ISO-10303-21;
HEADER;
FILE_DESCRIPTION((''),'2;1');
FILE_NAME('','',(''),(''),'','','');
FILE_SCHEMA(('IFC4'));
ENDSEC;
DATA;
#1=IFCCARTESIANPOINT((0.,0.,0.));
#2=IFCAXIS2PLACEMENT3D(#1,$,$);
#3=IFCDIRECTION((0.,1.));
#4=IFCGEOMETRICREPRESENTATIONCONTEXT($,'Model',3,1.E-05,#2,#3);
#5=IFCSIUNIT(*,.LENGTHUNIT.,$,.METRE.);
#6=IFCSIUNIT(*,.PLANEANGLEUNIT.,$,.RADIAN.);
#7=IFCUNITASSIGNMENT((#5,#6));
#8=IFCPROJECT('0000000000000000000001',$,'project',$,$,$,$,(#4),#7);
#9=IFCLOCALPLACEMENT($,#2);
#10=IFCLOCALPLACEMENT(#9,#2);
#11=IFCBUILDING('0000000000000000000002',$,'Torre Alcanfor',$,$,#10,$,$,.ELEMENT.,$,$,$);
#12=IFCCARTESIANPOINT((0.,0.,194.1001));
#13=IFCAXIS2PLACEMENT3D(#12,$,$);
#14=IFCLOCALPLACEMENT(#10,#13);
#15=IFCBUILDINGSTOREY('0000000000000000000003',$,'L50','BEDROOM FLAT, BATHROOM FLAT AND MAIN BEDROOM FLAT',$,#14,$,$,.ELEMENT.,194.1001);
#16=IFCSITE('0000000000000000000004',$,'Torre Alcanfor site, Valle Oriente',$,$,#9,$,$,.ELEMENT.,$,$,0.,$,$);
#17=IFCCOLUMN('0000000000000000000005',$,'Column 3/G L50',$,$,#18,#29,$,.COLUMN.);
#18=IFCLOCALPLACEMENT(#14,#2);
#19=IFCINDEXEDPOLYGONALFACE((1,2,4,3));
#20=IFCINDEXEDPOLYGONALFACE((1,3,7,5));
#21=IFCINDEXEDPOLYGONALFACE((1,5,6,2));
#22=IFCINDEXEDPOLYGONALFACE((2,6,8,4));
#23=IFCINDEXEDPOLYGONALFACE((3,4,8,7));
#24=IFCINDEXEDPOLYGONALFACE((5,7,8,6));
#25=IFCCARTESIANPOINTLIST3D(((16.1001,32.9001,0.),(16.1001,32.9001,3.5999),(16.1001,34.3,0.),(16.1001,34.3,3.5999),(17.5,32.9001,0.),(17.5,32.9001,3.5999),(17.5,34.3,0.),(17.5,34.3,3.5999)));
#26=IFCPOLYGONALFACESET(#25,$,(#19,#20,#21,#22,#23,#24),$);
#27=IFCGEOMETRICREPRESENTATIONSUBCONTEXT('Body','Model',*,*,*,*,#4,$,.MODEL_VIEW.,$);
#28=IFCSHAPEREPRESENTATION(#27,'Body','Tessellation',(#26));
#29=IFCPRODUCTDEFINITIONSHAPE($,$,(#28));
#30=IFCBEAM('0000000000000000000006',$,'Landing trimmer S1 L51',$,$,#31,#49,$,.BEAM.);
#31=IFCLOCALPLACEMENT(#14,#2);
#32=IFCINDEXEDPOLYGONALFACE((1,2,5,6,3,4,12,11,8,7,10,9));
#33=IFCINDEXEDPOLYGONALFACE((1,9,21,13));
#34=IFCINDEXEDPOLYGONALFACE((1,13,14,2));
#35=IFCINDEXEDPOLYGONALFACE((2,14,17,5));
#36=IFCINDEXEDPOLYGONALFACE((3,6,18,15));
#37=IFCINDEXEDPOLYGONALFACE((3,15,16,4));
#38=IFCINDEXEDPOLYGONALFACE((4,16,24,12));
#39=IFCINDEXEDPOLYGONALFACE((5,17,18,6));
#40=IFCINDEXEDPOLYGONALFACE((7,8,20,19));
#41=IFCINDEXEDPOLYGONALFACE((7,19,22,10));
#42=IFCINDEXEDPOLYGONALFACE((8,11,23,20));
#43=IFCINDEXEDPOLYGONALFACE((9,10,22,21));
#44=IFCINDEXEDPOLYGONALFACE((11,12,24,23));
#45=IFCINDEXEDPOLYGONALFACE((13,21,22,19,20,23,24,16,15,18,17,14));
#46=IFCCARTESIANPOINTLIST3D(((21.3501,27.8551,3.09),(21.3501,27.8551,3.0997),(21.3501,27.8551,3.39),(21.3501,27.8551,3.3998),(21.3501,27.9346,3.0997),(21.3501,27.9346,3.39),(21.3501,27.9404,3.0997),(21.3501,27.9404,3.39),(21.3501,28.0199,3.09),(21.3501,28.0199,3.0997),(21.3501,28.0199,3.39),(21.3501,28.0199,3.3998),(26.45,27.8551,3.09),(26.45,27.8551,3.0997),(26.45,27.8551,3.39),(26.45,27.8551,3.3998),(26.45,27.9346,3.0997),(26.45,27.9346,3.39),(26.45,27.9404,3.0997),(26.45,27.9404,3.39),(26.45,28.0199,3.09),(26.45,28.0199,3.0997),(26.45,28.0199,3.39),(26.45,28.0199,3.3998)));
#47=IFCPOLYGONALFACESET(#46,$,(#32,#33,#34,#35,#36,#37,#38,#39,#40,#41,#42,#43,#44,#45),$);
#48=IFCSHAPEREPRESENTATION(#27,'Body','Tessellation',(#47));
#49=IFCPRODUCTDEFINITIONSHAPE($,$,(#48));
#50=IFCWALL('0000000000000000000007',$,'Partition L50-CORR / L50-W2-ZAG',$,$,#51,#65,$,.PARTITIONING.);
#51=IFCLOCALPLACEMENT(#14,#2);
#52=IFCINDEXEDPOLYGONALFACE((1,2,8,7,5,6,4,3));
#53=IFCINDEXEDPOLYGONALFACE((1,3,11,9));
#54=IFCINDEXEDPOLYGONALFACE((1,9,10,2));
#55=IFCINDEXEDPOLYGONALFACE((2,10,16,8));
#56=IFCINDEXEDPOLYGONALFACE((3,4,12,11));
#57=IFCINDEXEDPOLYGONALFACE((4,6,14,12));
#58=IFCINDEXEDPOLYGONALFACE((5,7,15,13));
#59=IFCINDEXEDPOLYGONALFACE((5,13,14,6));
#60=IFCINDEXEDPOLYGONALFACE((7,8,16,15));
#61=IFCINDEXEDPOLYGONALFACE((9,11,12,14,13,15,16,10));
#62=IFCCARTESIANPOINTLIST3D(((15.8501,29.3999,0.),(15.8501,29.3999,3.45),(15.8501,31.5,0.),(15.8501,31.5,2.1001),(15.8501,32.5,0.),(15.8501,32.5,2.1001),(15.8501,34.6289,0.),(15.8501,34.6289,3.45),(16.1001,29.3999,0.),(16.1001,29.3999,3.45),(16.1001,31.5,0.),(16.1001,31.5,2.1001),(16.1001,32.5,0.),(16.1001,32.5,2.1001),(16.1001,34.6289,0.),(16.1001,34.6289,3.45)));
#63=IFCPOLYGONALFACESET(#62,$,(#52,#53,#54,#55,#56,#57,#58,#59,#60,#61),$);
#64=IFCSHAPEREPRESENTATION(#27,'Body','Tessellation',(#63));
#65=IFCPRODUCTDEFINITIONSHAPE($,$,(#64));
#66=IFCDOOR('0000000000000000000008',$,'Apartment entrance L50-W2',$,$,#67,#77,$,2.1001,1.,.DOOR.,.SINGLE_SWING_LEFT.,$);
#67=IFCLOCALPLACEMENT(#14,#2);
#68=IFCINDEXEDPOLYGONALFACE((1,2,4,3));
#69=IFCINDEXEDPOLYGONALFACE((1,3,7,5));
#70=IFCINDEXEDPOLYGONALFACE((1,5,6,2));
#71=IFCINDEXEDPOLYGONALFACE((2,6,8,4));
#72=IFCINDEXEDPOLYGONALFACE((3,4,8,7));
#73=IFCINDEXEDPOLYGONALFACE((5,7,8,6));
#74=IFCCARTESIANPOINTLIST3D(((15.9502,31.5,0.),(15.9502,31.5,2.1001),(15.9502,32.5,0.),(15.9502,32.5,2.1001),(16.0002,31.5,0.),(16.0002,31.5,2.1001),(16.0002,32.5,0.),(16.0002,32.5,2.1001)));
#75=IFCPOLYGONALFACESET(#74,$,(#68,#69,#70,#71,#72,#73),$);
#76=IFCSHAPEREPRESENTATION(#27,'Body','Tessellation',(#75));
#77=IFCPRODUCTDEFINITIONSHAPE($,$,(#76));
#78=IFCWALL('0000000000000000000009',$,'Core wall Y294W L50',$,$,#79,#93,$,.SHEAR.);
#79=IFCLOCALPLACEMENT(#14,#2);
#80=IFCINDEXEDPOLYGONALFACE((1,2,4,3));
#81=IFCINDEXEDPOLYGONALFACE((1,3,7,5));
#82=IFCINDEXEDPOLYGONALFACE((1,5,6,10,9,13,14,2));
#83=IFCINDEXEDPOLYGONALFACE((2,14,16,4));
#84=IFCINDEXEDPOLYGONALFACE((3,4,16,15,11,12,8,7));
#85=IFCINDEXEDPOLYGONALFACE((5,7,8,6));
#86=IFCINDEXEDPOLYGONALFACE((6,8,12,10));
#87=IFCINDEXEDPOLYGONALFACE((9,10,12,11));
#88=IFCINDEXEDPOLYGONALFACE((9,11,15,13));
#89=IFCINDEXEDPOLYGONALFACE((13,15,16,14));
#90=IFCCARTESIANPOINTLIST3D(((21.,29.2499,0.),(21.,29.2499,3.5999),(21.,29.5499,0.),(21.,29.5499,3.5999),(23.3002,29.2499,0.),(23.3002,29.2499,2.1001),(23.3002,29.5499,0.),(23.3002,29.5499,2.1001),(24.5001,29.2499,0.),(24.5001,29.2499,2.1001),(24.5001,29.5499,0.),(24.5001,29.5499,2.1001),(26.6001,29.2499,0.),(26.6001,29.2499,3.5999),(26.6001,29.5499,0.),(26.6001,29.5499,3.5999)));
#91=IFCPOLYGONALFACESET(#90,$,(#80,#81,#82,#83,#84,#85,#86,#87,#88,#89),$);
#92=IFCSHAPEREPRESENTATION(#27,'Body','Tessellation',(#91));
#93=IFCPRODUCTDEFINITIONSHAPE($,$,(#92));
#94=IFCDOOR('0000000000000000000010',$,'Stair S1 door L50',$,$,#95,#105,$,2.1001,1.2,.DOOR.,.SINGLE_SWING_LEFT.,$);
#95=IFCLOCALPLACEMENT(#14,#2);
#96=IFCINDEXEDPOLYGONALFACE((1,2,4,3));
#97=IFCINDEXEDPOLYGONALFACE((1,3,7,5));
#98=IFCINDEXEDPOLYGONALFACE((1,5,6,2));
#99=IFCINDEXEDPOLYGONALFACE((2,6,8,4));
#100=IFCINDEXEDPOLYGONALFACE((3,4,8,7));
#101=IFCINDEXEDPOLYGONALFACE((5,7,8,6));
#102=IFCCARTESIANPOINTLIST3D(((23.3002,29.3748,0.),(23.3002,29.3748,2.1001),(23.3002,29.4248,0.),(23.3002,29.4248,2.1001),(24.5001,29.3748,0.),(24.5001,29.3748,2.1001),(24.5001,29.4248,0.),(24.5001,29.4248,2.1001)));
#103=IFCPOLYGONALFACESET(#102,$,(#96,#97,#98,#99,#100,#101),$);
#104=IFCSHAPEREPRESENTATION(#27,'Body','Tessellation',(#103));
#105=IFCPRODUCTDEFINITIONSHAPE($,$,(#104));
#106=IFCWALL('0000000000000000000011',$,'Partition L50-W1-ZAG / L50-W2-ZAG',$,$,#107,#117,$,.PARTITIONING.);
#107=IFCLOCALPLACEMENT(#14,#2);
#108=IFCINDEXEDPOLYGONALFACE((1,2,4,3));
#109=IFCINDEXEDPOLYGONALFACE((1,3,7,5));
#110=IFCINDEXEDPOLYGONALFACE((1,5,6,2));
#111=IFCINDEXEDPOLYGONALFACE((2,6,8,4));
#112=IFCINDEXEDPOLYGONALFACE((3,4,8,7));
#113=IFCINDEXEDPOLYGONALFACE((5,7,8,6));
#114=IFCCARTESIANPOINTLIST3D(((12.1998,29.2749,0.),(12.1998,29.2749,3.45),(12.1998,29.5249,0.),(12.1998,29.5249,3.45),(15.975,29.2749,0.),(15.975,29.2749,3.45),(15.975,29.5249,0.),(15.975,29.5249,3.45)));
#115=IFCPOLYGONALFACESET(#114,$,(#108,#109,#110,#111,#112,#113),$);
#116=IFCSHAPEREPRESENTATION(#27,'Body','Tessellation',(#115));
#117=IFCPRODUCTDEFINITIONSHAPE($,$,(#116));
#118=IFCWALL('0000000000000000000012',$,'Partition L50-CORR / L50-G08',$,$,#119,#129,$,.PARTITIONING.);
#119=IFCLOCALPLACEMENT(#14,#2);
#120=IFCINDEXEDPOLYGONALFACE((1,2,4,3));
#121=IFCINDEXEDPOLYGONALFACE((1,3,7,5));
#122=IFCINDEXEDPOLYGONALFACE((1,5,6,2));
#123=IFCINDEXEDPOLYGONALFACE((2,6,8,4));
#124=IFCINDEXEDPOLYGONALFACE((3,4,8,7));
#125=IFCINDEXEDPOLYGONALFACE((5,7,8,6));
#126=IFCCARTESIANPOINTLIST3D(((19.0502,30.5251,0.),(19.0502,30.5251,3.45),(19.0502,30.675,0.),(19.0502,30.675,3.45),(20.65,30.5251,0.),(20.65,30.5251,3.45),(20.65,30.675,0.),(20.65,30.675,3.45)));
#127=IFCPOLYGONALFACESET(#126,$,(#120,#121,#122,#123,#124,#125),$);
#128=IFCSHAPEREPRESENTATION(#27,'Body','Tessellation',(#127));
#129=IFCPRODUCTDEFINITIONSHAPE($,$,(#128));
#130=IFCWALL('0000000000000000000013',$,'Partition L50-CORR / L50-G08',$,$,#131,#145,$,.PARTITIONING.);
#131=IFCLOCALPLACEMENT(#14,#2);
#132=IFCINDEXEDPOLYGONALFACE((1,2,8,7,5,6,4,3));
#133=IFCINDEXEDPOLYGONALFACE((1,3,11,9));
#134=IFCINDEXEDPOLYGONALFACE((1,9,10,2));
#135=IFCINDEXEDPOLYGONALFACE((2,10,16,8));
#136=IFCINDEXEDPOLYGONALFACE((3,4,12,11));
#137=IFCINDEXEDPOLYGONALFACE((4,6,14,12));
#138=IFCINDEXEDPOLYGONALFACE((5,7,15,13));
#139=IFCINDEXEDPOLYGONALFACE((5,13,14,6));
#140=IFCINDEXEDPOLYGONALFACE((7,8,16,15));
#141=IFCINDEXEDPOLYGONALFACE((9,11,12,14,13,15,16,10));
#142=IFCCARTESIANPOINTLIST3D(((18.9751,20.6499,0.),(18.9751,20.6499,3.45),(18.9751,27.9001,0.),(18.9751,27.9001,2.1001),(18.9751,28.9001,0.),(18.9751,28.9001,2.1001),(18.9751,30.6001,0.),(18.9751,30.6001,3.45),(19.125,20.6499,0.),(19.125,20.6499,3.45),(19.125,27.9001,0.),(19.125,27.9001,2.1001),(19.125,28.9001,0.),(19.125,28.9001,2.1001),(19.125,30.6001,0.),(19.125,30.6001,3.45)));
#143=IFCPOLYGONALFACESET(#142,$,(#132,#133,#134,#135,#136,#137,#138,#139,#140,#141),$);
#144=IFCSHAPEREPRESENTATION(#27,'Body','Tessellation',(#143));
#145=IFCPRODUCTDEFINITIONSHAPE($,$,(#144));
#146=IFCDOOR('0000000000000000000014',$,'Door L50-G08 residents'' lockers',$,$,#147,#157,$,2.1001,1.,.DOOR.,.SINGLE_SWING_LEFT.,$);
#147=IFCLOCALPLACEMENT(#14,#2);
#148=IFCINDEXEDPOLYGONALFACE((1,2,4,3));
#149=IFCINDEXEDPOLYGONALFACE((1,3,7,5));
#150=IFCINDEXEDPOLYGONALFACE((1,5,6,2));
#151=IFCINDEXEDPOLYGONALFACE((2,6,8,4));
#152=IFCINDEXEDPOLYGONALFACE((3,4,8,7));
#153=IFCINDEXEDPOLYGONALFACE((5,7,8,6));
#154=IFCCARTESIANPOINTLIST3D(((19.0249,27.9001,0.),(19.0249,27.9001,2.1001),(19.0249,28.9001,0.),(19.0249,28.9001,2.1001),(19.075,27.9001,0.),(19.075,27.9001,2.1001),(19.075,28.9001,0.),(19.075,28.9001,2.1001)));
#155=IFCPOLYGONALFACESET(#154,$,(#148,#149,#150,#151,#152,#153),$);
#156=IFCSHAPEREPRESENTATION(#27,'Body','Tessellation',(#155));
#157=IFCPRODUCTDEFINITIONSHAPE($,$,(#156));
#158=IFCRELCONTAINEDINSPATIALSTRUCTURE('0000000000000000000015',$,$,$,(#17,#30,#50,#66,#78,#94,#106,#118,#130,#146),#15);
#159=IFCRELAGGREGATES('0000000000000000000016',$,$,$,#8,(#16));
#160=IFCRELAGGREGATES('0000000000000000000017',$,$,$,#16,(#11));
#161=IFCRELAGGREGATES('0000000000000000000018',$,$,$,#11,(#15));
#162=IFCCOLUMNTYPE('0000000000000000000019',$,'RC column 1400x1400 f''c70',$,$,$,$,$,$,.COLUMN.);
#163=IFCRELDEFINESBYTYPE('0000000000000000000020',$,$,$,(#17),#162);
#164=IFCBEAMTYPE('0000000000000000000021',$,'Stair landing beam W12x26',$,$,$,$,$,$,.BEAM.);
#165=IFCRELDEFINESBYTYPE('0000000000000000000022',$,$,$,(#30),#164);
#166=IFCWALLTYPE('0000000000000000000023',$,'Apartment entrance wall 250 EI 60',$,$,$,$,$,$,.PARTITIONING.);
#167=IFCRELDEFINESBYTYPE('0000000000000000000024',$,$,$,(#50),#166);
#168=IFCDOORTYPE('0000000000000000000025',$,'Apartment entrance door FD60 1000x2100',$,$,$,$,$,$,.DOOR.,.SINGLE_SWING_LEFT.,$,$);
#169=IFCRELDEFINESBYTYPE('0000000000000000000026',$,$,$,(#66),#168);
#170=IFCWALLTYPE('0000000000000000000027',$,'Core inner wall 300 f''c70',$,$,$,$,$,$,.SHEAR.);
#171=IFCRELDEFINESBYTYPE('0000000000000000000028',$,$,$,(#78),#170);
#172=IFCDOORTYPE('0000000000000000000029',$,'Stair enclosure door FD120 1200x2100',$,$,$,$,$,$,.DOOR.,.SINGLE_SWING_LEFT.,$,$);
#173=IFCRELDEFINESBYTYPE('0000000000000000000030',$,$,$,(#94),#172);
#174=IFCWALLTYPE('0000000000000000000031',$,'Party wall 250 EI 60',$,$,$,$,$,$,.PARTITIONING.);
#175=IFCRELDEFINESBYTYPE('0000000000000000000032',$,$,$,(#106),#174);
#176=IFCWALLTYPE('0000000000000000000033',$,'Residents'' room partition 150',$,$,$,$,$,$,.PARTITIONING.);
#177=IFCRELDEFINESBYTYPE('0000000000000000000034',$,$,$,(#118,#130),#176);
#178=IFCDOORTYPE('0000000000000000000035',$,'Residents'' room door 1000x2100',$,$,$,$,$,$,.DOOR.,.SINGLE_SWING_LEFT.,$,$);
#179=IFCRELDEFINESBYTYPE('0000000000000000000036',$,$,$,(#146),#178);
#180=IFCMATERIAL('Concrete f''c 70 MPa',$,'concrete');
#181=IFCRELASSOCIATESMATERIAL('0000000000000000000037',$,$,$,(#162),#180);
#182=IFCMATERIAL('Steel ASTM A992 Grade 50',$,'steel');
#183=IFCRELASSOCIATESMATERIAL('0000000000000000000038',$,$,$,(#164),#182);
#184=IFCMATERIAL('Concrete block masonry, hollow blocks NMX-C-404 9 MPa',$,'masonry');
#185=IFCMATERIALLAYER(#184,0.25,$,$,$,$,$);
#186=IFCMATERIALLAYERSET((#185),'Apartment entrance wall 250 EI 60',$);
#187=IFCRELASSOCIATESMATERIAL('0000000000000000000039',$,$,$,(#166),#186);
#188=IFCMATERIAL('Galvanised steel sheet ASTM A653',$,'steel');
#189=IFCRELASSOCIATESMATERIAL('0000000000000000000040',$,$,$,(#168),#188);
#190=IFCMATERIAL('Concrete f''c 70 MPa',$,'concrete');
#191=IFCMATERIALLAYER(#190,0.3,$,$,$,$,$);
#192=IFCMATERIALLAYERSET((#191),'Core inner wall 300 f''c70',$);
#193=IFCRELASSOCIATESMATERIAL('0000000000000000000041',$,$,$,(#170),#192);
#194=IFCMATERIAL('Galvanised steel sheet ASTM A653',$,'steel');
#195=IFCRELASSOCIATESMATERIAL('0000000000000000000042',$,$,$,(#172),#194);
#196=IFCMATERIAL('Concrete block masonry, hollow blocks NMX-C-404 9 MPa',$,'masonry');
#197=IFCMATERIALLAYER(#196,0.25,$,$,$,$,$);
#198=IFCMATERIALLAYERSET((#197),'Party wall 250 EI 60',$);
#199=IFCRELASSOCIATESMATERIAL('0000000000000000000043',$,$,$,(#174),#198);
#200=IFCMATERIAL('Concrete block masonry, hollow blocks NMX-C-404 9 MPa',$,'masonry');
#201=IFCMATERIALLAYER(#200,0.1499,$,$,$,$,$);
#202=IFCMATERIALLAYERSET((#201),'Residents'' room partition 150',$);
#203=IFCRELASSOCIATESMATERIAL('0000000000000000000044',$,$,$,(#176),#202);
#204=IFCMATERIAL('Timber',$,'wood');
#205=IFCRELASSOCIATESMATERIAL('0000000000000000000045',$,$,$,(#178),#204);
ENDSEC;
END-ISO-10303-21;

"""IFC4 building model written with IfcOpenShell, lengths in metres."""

from ifc_helpers import new_model, si_unit, direction, frame, frame_2d, origin, origin_2d, place, context, subcontext, project, spatial, rectangle, i_section, extrude, material, layer, layer_set, material_profile, profile_set, type_object, element, fill, save


model = new_model("IFC4")

# Units and contexts
model_context = context("Model", 3, precision=1e-05, world=origin(), true_north=direction((0.0, 1.0)))
body_context = subcontext(model_context, "Body", "Model", "MODEL_VIEW")
ifc_project = project(units=[si_unit("LENGTHUNIT", "METRE"), si_unit("PLANEANGLEUNIT", "RADIAN")], contexts=[model_context])

# Site, building, storey
site_placement = place(None, origin())
site = spatial("IfcSite", under=ifc_project, at=site_placement, Name="Torre Alcanfor site, Valle Oriente", CompositionType="ELEMENT", RefElevation=0.0)
building_placement = place(site_placement, origin())
building = spatial("IfcBuilding", under=site, at=building_placement, Name="Torre Alcanfor", CompositionType="ELEMENT")
storey_placement = place(building_placement, frame((0.0, 0.0, 194.1001)))
storey = spatial("IfcBuildingStorey", under=building, at=storey_placement, Name="L50", Description="BEDROOM FLAT, BATHROOM FLAT AND MAIN BEDROOM FLAT", CompositionType="ELEMENT", Elevation=194.1001)

# Column
ifc_material_1 = material(Name="Concrete f'c 70 MPa", Category="concrete")
ifc_material_profile_1 = material_profile(ifc_material_1, rectangle(XDim=1.3999, YDim=1.3999, at=origin_2d()), Name="1400x1400")
ifc_profile_set_1 = profile_set([ifc_material_profile_1], Name="Concrete f'c 70 MPa")
column_type = type_object("IfcColumnType", Name="RC column 1400x1400 f'c70", PredefinedType="COLUMN", material=ifc_profile_set_1)
column_placement = place(storey_placement, frame((16.8, 33.6001, 0.0), z_axis=(0.0, 0.0, 1.0), x_axis=(1.0, 0.0, 0.0)))
element("IfcColumn", 1, at=column_placement, inside=storey, type_object=column_type, Name="Column 3/G L50", PredefinedType="COLUMN", context=body_context, shape_type="SweptSolid", body=[
    extrude(rectangle(XDim=1.3999, YDim=1.3999, at=origin_2d()), origin(), (0.0, 0.0, 1.0), 3.5999),
])

# Beam
ifc_material_2 = material(Name="Steel ASTM A992 Grade 50", Category="steel")
ifc_material_profile_2 = material_profile(ifc_material_2, i_section(OverallWidth=0.1648, OverallDepth=0.3098, WebThickness=0.0059, FlangeThickness=0.0098, at=origin_2d()), Name="W12x26")
ifc_profile_set_2 = profile_set([ifc_material_profile_2], Name="Steel ASTM A992 Grade 50")
beam_type = type_object("IfcBeamType", Name="Stair landing beam W12x26", PredefinedType="BEAM", material=ifc_profile_set_2)
beam_placement = place(storey_placement, frame((21.3501, 27.9375, 3.2449), z_axis=(1.0, 0.0, 0.0), x_axis=(0.0, 1.0, 0.0)))
element("IfcBeam", 2, at=beam_placement, inside=storey, type_object=beam_type, Name="Landing trimmer S1 L51", PredefinedType="BEAM", context=body_context, shape_type="SweptSolid", body=[
    extrude(i_section(OverallWidth=0.1648, OverallDepth=0.3098, WebThickness=0.0059, FlangeThickness=0.0098, at=origin_2d()), origin(), (0.0, 0.0, 1.0), 5.0999),
])

# Walls, openings, doors
ifc_material_3 = material(Name="Concrete block masonry, hollow blocks NMX-C-404 9 MPa", Category="masonry")
ifc_layer_1 = layer(ifc_material_3, 0.25)
ifc_layer_set_1 = layer_set([ifc_layer_1], Name="Apartment entrance wall 250 EI 60")
wall_type_1 = type_object("IfcWallType", Name="Apartment entrance wall 250 EI 60", PredefinedType="PARTITIONING", material=ifc_layer_set_1)
wall_1_placement = place(storey_placement, frame((15.9751, 29.3999, 0.0), z_axis=(0.0, 0.0, 1.0), x_axis=(0.0, 1.0, 0.0)))
wall_1 = element("IfcWall", 3, at=wall_1_placement, inside=storey, type_object=wall_type_1, Name="Partition L50-CORR / L50-W2-ZAG", PredefinedType="PARTITIONING", context=body_context, shape_type="SweptSolid", body=[
    extrude(rectangle(XDim=5.229, YDim=0.25, at=frame_2d((2.6145, 0.0))), origin(), (0.0, 0.0, 1.0), 3.45),
])
opening_1_placement = place(wall_1_placement, frame((2.1001, 0.0, 0.0)))
opening_1 = element("IfcOpeningElement", 4, at=opening_1_placement, cuts=wall_1, PredefinedType="OPENING", context=body_context, shape_type="SweptSolid", body=[
    extrude(rectangle(XDim=1.0, YDim=2.1001, at=frame_2d((0.5, 1.05))), frame((0.0, 0.135, 0.0), z_axis=(0.0, -1.0, 0.0), x_axis=(1.0, 0.0, 0.0)), (0.0, 0.0, 1.0), 0.27),
])
ifc_material_4 = material(Name="Galvanised steel sheet ASTM A653", Category="steel")
door_type_1 = type_object("IfcDoorType", Name="Apartment entrance door FD60 1000x2100", OperationType="SINGLE_SWING_LEFT", PredefinedType="DOOR", material=ifc_material_4)
door_1_placement = place(opening_1_placement, origin())
door_1 = element("IfcDoor", 5, at=door_1_placement, inside=storey, type_object=door_type_1, Name="Apartment entrance L50-W2", OperationType="SINGLE_SWING_LEFT", OverallHeight=2.1001, OverallWidth=1.0, PredefinedType="DOOR", context=body_context, shape_type="SweptSolid", body=[
    extrude(rectangle(XDim=1.0, YDim=2.1001, at=frame_2d((0.5, 1.05))), frame((0.0, 0.0249, 0.0), z_axis=(0.0, -1.0, 0.0), x_axis=(1.0, 0.0, 0.0)), (0.0, 0.0, 1.0), 0.05),
])
fill(opening_1, door_1)
ifc_material_5 = material(Name="Concrete f'c 70 MPa", Category="concrete")
ifc_layer_2 = layer(ifc_material_5, 0.3)
ifc_layer_set_2 = layer_set([ifc_layer_2], Name="Core inner wall 300 f'c70")
wall_type_2 = type_object("IfcWallType", Name="Core inner wall 300 f'c70", PredefinedType="SHEAR", material=ifc_layer_set_2)
wall_2_placement = place(storey_placement, frame((21.0, 29.3999, 0.0), z_axis=(0.0, 0.0, 1.0), x_axis=(1.0, 0.0, 0.0)))
wall_2 = element("IfcWall", 6, at=wall_2_placement, inside=storey, type_object=wall_type_2, Name="Core wall Y294W L50", PredefinedType="SHEAR", context=body_context, shape_type="SweptSolid", body=[
    extrude(rectangle(XDim=5.6001, YDim=0.3, at=frame_2d((2.8, 0.0))), origin(), (0.0, 0.0, 1.0), 3.5999),
])
opening_2_placement = place(wall_2_placement, frame((2.3, 0.0, 0.0)))
opening_2 = element("IfcOpeningElement", 7, at=opening_2_placement, cuts=wall_2, PredefinedType="OPENING", context=body_context, shape_type="SweptSolid", body=[
    extrude(rectangle(XDim=1.2, YDim=2.1001, at=frame_2d((0.6001, 1.05))), frame((0.0, 0.1599, 0.0), z_axis=(0.0, -1.0, 0.0), x_axis=(1.0, 0.0, 0.0)), (0.0, 0.0, 1.0), 0.3201),
])
ifc_material_6 = material(Name="Galvanised steel sheet ASTM A653", Category="steel")
door_type_2 = type_object("IfcDoorType", Name="Stair enclosure door FD120 1200x2100", OperationType="SINGLE_SWING_LEFT", PredefinedType="DOOR", material=ifc_material_6)
door_2_placement = place(opening_2_placement, frame((1.2, 0.0, 0.0), z_axis=(0.0, 0.0, 1.0), x_axis=(-1.0, 0.0, 0.0)))
door_2 = element("IfcDoor", 8, at=door_2_placement, inside=storey, type_object=door_type_2, Name="Stair S1 door L50", OperationType="SINGLE_SWING_LEFT", OverallHeight=2.1001, OverallWidth=1.2, PredefinedType="DOOR", context=body_context, shape_type="SweptSolid", body=[
    extrude(rectangle(XDim=1.2, YDim=2.1001, at=frame_2d((0.5999, 1.05))), frame((0.0, 0.0251, 0.0), z_axis=(0.0, -1.0, 0.0), x_axis=(1.0, 0.0, 0.0)), (0.0, 0.0, 1.0), 0.05),
])
fill(opening_2, door_2)

# Walls
ifc_material_7 = material(Name="Concrete block masonry, hollow blocks NMX-C-404 9 MPa", Category="masonry")
ifc_layer_3 = layer(ifc_material_7, 0.25)
ifc_layer_set_3 = layer_set([ifc_layer_3], Name="Party wall 250 EI 60")
wall_type_3 = type_object("IfcWallType", Name="Party wall 250 EI 60", PredefinedType="PARTITIONING", material=ifc_layer_set_3)
wall_3_placement = place(storey_placement, frame((15.9751, 29.3999, 0.0), z_axis=(0.0, 0.0, 1.0), x_axis=(-1.0, 0.0, 0.0)))
element("IfcWall", 9, at=wall_3_placement, inside=storey, type_object=wall_type_3, Name="Partition L50-W1-ZAG / L50-W2-ZAG", PredefinedType="PARTITIONING", context=body_context, shape_type="SweptSolid", body=[
    extrude(rectangle(XDim=3.7751, YDim=0.25, at=frame_2d((1.8877, 0.0))), origin(), (0.0, 0.0, 1.0), 3.45),
])
ifc_material_8 = material(Name="Concrete block masonry, hollow blocks NMX-C-404 9 MPa", Category="masonry")
ifc_layer_4 = layer(ifc_material_8, 0.1499)
ifc_layer_set_4 = layer_set([ifc_layer_4], Name="Residents' room partition 150")
wall_type_4 = type_object("IfcWallType", Name="Residents' room partition 150", PredefinedType="PARTITIONING", material=ifc_layer_set_4)
wall_4_placement = place(storey_placement, frame((20.6499, 30.6001, 0.0), z_axis=(0.0, 0.0, 1.0), x_axis=(-1.0, 0.0, 0.0)))
element("IfcWall", 10, at=wall_4_placement, inside=storey, type_object=wall_type_4, Name="Partition L50-CORR / L50-G08", PredefinedType="PARTITIONING", context=body_context, shape_type="SweptSolid", body=[
    extrude(rectangle(XDim=1.5999, YDim=0.1499, at=frame_2d((0.7998, 0.0))), origin(), (0.0, 0.0, 1.0), 3.45),
])

# Wall, opening, door
wall_5_placement = place(storey_placement, frame((19.05, 30.6001, 0.0), z_axis=(0.0, 0.0, 1.0), x_axis=(0.0, -1.0, 0.0)))
wall_5 = element("IfcWall", 11, at=wall_5_placement, inside=storey, type_object=wall_type_4, Name="Partition L50-CORR / L50-G08", PredefinedType="PARTITIONING", context=body_context, shape_type="SweptSolid", body=[
    extrude(rectangle(XDim=9.9502, YDim=0.1499, at=frame_2d((4.9751, 0.0))), origin(), (0.0, 0.0, 1.0), 3.45),
])
opening_3_placement = place(wall_5_placement, frame((1.7, 0.0, 0.0)))
opening_3 = element("IfcOpeningElement", 12, at=opening_3_placement, cuts=wall_5, PredefinedType="OPENING", context=body_context, shape_type="SweptSolid", body=[
    extrude(rectangle(XDim=1.0, YDim=2.1001, at=frame_2d((0.5, 1.05))), frame((0.0, 0.085, 0.0), z_axis=(0.0, -1.0, 0.0), x_axis=(1.0, 0.0, 0.0)), (0.0, 0.0, 1.0), 0.1699),
])
ifc_material_9 = material(Name="Timber", Category="wood")
door_type_3 = type_object("IfcDoorType", Name="Residents' room door 1000x2100", OperationType="SINGLE_SWING_LEFT", PredefinedType="DOOR", material=ifc_material_9)
door_3_placement = place(opening_3_placement, origin())
door_3 = element("IfcDoor", 13, at=door_3_placement, inside=storey, type_object=door_type_3, Name="Door L50-G08 residents' lockers", OperationType="SINGLE_SWING_LEFT", OverallHeight=2.1001, OverallWidth=1.0, PredefinedType="DOOR", context=body_context, shape_type="SweptSolid", body=[
    extrude(rectangle(XDim=1.0, YDim=2.1001, at=frame_2d((0.5, 1.05))), frame((0.0, 0.0249, 0.0), z_axis=(0.0, -1.0, 0.0), x_axis=(1.0, 0.0, 0.0)), (0.0, 0.0, 1.0), 0.05),
])
fill(opening_3, door_3)

save(model, "model.ifc")
